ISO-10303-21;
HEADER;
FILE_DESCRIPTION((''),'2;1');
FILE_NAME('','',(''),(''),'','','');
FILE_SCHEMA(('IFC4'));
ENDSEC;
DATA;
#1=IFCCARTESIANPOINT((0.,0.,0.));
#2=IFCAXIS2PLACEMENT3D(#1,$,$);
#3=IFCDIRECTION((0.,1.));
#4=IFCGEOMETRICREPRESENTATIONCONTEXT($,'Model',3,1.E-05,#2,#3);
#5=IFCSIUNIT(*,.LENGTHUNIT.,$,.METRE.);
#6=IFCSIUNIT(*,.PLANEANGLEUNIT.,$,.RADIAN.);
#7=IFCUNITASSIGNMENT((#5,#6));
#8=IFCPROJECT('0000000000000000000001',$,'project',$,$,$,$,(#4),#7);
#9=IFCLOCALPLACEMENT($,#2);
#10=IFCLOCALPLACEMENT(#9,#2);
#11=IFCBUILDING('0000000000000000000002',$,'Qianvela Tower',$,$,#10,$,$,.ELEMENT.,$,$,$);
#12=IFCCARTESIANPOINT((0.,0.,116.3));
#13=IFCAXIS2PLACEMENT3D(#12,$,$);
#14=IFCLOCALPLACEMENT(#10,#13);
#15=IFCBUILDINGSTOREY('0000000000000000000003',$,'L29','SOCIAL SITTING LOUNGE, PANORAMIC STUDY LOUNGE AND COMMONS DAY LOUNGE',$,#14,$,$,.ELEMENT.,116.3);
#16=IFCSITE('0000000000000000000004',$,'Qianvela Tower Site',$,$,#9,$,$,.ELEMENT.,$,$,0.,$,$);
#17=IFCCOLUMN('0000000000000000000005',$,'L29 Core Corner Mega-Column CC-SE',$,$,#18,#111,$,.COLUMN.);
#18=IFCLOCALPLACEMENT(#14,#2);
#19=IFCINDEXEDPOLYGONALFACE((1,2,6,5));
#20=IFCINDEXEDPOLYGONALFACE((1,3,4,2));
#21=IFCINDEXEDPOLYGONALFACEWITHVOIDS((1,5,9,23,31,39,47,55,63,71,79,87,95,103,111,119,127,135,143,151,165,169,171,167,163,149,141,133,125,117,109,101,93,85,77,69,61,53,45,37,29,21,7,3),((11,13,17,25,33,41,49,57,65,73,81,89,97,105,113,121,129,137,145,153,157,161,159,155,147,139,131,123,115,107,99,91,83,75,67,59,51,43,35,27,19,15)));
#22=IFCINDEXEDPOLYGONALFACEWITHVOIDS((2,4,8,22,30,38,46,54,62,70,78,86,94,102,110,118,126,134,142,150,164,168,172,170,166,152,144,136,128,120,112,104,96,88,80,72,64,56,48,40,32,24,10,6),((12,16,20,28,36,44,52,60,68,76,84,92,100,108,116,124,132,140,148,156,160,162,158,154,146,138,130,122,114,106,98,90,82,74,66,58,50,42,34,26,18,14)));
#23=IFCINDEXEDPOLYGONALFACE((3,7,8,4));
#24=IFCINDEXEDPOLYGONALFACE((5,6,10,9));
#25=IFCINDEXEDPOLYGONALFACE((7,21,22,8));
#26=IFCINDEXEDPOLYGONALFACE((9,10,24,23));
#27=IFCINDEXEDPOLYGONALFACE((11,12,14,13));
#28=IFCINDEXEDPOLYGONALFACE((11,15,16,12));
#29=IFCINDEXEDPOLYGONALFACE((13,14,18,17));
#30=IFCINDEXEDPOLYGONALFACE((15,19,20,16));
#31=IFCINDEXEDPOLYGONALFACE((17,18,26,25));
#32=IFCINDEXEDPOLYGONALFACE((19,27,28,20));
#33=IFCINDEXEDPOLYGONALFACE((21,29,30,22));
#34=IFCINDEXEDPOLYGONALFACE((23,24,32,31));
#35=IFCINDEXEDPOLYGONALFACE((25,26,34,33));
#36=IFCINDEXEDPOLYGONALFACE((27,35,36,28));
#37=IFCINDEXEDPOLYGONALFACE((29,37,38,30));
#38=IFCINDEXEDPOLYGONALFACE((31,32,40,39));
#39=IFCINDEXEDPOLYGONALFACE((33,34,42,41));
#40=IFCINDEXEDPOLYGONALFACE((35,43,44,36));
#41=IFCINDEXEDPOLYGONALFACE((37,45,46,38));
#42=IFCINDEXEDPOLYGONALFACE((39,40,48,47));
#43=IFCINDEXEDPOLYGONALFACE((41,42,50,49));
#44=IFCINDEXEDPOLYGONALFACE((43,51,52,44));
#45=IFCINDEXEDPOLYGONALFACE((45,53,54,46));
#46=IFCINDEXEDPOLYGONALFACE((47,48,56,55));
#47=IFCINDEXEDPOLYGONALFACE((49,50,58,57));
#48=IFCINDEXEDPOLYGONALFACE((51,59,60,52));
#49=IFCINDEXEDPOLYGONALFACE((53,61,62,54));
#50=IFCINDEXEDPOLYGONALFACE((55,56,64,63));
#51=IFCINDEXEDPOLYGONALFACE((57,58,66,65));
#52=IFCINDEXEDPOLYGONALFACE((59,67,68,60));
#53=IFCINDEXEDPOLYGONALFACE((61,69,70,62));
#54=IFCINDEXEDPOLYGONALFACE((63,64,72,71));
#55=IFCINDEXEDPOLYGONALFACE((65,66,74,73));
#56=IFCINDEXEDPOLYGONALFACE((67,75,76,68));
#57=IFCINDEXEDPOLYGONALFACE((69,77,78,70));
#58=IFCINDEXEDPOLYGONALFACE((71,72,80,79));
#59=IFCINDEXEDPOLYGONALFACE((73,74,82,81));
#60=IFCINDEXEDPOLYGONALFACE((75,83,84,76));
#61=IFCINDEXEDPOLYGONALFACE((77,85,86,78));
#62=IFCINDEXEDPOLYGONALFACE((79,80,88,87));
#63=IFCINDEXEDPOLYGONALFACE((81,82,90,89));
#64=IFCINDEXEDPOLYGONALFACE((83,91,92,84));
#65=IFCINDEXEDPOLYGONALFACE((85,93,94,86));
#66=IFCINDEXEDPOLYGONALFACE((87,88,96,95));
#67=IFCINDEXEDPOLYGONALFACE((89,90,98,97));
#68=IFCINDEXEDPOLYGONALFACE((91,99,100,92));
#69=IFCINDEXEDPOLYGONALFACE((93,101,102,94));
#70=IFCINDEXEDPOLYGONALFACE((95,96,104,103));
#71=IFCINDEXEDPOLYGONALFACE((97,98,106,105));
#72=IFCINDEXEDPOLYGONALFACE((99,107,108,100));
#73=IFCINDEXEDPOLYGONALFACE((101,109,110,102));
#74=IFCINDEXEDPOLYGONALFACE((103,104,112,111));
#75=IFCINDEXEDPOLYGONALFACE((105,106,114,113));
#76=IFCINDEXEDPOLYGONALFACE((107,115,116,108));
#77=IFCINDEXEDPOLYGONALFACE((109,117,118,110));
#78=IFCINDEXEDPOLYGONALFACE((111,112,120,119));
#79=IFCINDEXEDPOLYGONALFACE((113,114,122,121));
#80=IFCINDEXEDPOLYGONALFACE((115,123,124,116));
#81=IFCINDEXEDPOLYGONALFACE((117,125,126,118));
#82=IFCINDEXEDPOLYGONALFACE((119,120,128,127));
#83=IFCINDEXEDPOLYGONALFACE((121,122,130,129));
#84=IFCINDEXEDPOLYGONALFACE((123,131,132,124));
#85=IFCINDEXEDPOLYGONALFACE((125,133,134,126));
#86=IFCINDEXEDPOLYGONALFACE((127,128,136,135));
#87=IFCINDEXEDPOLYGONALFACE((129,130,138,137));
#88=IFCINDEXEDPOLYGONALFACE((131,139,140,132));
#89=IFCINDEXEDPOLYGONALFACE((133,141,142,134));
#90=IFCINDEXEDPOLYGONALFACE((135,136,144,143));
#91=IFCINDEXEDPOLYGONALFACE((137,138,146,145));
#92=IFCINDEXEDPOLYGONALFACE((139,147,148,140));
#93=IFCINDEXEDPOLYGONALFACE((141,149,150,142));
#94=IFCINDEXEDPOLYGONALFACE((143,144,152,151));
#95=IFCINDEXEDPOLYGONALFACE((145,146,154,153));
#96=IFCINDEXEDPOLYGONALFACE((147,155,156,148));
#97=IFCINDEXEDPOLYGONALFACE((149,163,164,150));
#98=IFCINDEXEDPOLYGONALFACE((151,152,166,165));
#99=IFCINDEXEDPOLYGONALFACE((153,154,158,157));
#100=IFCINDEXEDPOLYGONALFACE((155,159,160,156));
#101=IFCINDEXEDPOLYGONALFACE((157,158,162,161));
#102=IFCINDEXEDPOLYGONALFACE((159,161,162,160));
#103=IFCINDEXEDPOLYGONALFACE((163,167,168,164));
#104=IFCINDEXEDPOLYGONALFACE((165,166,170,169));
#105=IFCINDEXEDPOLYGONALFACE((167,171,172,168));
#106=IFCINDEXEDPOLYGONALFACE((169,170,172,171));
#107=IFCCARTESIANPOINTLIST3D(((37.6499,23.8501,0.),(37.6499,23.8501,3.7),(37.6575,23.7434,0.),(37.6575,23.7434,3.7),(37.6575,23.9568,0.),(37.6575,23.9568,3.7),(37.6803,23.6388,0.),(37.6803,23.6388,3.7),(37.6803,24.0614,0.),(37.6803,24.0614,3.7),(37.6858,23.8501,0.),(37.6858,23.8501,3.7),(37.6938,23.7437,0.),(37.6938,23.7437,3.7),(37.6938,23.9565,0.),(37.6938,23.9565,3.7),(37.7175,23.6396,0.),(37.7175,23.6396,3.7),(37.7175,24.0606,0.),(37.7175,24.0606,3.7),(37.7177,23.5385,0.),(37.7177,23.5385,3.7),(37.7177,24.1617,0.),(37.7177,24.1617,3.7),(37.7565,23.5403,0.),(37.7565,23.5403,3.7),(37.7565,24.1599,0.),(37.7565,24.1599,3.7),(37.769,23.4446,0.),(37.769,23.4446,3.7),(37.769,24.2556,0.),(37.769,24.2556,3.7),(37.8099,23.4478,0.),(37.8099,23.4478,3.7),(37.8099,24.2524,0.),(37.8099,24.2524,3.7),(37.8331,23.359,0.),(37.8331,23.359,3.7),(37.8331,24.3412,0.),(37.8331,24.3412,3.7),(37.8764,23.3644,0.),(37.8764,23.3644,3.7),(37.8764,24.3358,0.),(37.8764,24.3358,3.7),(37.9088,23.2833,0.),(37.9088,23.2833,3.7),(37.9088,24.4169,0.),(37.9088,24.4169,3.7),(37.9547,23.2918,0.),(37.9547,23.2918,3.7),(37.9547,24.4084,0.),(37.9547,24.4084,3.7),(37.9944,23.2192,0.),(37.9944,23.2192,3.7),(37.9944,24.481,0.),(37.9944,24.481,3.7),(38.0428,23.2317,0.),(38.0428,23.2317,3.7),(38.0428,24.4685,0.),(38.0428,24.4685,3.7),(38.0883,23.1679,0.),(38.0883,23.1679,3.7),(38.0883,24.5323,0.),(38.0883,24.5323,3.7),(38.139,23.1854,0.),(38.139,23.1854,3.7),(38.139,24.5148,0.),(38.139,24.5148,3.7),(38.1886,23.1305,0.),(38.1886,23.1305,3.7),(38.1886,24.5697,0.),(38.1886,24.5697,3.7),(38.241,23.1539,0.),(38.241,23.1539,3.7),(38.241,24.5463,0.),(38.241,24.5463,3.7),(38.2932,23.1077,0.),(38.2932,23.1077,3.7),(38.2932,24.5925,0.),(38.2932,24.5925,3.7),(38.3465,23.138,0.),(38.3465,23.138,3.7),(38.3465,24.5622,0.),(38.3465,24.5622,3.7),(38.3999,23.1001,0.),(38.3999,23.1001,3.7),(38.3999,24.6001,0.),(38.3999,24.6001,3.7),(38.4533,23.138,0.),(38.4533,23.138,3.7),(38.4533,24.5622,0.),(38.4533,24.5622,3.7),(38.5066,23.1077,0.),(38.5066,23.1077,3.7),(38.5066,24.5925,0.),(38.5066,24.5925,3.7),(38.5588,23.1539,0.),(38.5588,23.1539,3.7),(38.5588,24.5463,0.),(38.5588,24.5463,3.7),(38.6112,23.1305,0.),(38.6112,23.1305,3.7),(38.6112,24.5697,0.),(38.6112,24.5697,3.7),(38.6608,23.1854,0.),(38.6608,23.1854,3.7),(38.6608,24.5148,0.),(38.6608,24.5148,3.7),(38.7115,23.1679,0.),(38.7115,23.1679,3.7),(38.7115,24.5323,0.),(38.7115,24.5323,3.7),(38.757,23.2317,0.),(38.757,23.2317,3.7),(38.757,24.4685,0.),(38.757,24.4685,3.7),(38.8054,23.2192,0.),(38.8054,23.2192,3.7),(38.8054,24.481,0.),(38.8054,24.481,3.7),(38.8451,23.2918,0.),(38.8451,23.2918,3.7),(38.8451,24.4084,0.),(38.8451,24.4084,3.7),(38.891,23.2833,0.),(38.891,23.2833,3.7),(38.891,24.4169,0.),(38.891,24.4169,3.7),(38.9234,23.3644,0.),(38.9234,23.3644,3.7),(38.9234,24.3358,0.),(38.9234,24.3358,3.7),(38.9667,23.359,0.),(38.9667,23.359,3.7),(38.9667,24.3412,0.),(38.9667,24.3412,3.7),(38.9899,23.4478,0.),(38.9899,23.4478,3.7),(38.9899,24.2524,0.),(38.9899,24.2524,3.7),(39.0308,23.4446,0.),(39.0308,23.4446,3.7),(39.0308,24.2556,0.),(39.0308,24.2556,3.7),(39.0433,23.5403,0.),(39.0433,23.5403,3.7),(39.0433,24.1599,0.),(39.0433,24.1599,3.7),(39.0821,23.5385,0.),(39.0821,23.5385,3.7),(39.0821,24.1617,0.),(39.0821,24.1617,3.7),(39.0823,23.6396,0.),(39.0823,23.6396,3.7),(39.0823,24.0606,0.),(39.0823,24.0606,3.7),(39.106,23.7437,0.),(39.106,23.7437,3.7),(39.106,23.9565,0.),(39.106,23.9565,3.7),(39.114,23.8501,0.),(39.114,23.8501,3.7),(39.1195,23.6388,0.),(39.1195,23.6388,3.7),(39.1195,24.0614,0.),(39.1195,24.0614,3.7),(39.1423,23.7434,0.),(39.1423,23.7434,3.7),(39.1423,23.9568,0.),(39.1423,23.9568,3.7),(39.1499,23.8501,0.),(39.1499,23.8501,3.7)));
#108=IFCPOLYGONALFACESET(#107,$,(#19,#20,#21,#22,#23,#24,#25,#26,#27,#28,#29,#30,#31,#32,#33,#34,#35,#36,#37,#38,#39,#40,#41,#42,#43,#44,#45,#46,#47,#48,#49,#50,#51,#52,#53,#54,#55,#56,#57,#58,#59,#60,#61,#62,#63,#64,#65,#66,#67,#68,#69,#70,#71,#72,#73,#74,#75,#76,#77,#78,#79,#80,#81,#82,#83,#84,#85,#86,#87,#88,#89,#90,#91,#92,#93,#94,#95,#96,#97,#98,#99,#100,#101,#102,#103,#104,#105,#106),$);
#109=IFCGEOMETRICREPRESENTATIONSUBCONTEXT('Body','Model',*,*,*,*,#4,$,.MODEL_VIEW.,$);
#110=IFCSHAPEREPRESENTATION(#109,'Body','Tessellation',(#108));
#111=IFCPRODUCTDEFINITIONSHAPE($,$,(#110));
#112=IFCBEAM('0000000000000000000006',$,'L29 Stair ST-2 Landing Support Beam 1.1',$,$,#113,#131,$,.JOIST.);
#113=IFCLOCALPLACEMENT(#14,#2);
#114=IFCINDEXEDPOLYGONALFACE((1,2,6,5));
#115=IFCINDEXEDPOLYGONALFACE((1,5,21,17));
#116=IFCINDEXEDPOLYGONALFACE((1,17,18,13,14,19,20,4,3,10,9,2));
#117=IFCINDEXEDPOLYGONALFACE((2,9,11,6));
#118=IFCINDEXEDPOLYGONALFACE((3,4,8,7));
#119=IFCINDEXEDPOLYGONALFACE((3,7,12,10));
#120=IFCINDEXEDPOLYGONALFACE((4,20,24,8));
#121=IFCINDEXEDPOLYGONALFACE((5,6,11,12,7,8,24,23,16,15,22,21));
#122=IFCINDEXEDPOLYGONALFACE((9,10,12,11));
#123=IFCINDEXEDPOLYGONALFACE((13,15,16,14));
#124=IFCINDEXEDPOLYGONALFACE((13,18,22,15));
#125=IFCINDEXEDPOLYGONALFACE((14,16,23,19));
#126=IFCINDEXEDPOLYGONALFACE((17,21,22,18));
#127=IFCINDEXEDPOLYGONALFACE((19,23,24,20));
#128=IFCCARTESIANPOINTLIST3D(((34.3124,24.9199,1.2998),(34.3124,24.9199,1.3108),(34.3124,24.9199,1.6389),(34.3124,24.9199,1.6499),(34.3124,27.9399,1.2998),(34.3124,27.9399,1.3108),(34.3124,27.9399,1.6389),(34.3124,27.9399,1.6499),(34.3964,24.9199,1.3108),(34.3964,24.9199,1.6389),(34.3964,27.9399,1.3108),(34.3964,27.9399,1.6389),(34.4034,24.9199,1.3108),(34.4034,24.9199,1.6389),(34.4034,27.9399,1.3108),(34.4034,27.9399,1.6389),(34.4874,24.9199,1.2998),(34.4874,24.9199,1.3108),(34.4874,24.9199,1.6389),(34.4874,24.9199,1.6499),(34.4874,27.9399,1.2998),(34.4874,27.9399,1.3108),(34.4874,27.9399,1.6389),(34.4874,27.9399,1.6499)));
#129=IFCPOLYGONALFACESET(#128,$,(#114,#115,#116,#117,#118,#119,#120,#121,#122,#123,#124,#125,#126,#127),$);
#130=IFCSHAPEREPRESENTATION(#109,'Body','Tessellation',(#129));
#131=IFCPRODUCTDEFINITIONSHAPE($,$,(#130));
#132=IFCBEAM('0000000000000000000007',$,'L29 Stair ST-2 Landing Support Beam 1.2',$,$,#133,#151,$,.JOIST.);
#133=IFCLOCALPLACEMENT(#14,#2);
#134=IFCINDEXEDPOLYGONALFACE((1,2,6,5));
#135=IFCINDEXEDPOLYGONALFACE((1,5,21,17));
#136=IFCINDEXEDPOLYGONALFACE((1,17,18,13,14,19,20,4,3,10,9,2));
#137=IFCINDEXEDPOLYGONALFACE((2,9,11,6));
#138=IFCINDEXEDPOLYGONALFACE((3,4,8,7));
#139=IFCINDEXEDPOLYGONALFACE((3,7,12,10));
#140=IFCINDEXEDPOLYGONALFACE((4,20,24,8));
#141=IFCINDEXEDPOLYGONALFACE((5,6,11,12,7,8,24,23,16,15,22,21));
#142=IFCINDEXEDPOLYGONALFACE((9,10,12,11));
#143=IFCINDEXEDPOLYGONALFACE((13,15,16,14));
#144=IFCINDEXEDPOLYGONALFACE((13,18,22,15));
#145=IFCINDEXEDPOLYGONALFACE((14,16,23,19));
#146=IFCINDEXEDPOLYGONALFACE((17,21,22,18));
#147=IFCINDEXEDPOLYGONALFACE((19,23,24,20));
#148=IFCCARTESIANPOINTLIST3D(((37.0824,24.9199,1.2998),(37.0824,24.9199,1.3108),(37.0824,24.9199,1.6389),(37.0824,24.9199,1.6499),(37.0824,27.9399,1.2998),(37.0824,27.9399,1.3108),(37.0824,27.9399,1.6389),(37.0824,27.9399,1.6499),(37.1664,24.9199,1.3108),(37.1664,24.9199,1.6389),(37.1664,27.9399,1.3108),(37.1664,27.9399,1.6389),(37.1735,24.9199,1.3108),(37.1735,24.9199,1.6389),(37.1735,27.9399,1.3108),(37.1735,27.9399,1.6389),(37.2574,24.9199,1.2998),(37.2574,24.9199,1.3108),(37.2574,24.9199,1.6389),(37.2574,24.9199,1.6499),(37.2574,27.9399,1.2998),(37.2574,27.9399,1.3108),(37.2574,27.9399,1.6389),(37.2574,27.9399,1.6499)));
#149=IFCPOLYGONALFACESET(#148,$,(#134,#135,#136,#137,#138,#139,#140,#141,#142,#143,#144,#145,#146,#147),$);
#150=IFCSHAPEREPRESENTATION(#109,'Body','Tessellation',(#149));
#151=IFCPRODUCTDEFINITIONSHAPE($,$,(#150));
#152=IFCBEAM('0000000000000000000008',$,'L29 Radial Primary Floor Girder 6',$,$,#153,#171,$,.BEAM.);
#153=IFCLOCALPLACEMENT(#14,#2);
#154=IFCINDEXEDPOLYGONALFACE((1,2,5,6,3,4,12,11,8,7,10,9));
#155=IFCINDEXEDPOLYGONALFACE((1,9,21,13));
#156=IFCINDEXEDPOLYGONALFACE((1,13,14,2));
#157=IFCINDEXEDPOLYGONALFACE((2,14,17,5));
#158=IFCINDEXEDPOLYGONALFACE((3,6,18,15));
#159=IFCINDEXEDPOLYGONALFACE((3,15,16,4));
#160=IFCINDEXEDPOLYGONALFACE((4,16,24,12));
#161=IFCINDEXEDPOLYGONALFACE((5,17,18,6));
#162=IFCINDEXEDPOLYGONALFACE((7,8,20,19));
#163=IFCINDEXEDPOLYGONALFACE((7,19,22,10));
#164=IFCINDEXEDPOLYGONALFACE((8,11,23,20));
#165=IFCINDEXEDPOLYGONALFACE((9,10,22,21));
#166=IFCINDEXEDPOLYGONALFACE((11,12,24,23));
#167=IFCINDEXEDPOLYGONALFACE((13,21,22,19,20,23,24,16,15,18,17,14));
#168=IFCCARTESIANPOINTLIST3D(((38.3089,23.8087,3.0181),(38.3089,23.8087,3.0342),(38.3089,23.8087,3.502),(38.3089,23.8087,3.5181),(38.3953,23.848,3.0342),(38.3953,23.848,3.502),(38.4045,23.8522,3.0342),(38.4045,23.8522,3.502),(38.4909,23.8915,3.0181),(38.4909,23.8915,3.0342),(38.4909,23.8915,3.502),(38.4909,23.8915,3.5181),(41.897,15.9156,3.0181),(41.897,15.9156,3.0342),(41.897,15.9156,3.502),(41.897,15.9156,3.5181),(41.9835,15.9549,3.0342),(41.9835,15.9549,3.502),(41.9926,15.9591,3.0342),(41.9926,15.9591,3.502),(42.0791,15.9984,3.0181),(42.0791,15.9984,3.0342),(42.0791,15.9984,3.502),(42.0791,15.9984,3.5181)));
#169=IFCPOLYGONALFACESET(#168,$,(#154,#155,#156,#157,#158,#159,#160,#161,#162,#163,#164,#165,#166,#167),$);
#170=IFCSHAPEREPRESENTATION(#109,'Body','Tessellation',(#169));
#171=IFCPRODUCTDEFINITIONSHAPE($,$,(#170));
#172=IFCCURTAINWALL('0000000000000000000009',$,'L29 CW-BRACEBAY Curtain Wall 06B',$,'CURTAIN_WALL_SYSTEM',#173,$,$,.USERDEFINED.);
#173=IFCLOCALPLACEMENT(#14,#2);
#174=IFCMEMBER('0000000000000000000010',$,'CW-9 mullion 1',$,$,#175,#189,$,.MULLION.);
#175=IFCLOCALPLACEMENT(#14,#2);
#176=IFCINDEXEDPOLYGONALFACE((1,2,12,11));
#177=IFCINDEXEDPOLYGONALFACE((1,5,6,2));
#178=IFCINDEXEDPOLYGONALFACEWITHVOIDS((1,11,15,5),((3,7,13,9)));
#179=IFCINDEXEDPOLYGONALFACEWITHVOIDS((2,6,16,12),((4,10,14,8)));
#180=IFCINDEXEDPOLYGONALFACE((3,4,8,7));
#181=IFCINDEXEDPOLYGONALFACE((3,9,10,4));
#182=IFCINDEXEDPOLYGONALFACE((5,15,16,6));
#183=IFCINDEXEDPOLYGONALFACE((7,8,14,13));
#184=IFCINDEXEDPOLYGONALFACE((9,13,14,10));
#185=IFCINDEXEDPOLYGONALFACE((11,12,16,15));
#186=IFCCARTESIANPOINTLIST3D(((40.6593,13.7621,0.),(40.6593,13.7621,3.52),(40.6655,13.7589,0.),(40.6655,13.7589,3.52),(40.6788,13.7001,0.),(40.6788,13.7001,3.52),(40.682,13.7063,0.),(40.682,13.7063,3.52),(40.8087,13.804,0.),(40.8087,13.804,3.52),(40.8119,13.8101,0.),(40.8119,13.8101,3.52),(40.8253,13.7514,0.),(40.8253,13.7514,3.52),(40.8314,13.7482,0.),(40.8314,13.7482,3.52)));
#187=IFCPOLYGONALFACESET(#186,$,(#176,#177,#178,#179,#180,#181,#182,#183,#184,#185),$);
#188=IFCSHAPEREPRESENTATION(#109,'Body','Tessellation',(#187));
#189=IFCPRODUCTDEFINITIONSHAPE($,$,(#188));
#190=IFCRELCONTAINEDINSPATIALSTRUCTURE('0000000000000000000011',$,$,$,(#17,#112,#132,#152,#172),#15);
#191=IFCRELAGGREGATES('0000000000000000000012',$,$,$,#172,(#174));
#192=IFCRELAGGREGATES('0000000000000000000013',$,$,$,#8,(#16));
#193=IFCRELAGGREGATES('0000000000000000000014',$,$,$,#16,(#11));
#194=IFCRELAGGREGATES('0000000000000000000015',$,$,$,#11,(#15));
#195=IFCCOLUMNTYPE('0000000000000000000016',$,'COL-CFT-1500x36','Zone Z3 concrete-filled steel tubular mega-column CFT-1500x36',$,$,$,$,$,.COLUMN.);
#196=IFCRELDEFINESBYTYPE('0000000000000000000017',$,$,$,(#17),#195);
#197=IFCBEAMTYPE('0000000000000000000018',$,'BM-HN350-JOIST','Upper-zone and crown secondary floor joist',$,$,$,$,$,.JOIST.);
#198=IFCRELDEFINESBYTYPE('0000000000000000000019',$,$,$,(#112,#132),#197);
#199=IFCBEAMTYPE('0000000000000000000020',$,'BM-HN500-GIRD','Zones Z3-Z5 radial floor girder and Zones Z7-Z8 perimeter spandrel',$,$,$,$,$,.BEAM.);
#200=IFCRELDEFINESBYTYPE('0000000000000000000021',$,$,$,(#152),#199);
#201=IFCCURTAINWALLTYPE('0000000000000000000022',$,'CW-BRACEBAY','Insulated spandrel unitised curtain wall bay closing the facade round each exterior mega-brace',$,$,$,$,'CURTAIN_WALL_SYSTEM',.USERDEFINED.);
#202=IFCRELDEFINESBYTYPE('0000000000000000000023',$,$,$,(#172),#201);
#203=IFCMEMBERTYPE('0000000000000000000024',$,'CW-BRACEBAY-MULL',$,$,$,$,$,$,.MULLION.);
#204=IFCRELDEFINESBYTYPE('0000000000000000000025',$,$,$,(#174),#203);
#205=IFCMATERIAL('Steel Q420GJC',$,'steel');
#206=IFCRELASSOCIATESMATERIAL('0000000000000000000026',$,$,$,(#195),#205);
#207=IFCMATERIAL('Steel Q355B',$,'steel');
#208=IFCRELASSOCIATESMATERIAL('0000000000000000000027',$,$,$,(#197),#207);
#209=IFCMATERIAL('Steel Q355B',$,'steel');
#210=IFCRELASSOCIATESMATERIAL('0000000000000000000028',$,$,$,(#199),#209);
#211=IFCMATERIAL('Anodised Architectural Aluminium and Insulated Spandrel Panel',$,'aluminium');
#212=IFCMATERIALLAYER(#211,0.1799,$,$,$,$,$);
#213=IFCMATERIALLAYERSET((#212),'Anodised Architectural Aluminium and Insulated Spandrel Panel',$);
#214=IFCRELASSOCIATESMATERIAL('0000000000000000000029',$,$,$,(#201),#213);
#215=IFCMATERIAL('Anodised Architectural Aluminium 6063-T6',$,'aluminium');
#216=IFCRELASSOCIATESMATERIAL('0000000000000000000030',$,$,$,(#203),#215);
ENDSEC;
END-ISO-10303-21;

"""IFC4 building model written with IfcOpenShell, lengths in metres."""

from ifc_helpers import new_model, si_unit, direction, frame, origin, origin_2d, place, context, subcontext, project, spatial, hollow_rectangle, hollow_circle, i_section, extrude, material, layer, layer_set, material_profile, profile_set, type_object, element, aggregate, save


model = new_model("IFC4")

# Units and contexts
model_context = context("Model", 3, precision=1e-05, world=origin(), true_north=direction((0.0, 1.0)))
body_context = subcontext(model_context, "Body", "Model", "MODEL_VIEW")
ifc_project = project(units=[si_unit("LENGTHUNIT", "METRE"), si_unit("PLANEANGLEUNIT", "RADIAN")], contexts=[model_context])

# Site, building, storey
site_placement = place(None, origin())
site = spatial("IfcSite", under=ifc_project, at=site_placement, Name="Qianvela Tower Site", CompositionType="ELEMENT", RefElevation=0.0)
building_placement = place(site_placement, origin())
building = spatial("IfcBuilding", under=site, at=building_placement, Name="Qianvela Tower", CompositionType="ELEMENT")
storey_placement = place(building_placement, frame((0.0, 0.0, 116.3)))
storey = spatial("IfcBuildingStorey", under=building, at=storey_placement, Name="L29", Description="SOCIAL SITTING LOUNGE, PANORAMIC STUDY LOUNGE AND COMMONS DAY LOUNGE", CompositionType="ELEMENT", Elevation=116.3)

# Column
ifc_material_1 = material(Name="Steel Q420GJC", Category="steel")
ifc_material_profile_1 = material_profile(ifc_material_1, hollow_circle(Radius=0.75, WallThickness=0.0359, at=origin_2d()), Name="CFT-1500x36")
ifc_profile_set_1 = profile_set([ifc_material_profile_1], Name="Steel Q420GJC")
column_type = type_object("IfcColumnType", Name="COL-CFT-1500x36", Description="Zone Z3 concrete-filled steel tubular mega-column CFT-1500x36", PredefinedType="COLUMN", material=ifc_profile_set_1)
column_placement = place(storey_placement, frame((38.3999, 23.8501, 0.0), z_axis=(0.0, 0.0, 1.0), x_axis=(1.0, 0.0, 0.0)))
element("IfcColumn", 1, at=column_placement, inside=storey, type_object=column_type, Name="L29 Core Corner Mega-Column CC-SE", PredefinedType="COLUMN", context=body_context, shape_type="SweptSolid", body=[
    extrude(hollow_circle(Radius=0.75, WallThickness=0.0359, at=origin_2d()), origin(), (0.0, 0.0, 1.0), 3.7),
])

# Beams
ifc_material_2 = material(Name="Steel Q355B", Category="steel")
ifc_material_profile_2 = material_profile(ifc_material_2, i_section(OverallWidth=0.175, OverallDepth=0.3501, WebThickness=0.0071, FlangeThickness=0.011, at=origin_2d()), Name="HN350x175x7x11")
ifc_profile_set_2 = profile_set([ifc_material_profile_2], Name="Steel Q355B")
beam_type_1 = type_object("IfcBeamType", Name="BM-HN350-JOIST", Description="Upper-zone and crown secondary floor joist", PredefinedType="JOIST", material=ifc_profile_set_2)
for number, where, z_axis, x_axis, name in (
    (2, (34.3999, 24.9199, 1.4749), (0.0, 1.0, 0.0), (-1.0, 0.0, 0.0), "L29 Stair ST-2 Landing Support Beam 1.1"),
    (3, (37.1699, 24.9199, 1.4749), (0.0, 1.0, 0.0), (-1.0, 0.0, 0.0), "L29 Stair ST-2 Landing Support Beam 1.2"),
):
    element("IfcBeam", number, at=place(storey_placement, frame(where, z_axis=z_axis, x_axis=x_axis)), inside=storey, type_object=beam_type_1, Name=name, PredefinedType="JOIST", context=body_context, shape_type="SweptSolid", body=[
        extrude(i_section(OverallWidth=0.175, OverallDepth=0.3501, WebThickness=0.0071, FlangeThickness=0.011, at=origin_2d()), origin(), (0.0, 0.0, 1.0), 3.02),
    ])
ifc_material_3 = material(Name="Steel Q355B", Category="steel")
ifc_material_profile_3 = material_profile(ifc_material_3, i_section(OverallWidth=0.2, OverallDepth=0.5, WebThickness=0.01, FlangeThickness=0.0161, at=origin_2d()), Name="HN500x200x10x16")
ifc_profile_set_3 = profile_set([ifc_material_profile_3], Name="Steel Q355B")
beam_type_2 = type_object("IfcBeamType", Name="BM-HN500-GIRD", Description="Zones Z3-Z5 radial floor girder and Zones Z7-Z8 perimeter spandrel", PredefinedType="BEAM", material=ifc_profile_set_3)
beam_placement = place(storey_placement, frame((38.3999, 23.8501, 3.2681), z_axis=(0.413839, -0.91035, 0.0), x_axis=(0.91035, 0.413839, 0.0)))
element("IfcBeam", 4, at=beam_placement, inside=storey, type_object=beam_type_2, Name="L29 Radial Primary Floor Girder 6", PredefinedType="BEAM", context=body_context, shape_type="SweptSolid", body=[
    extrude(i_section(OverallWidth=0.2, OverallDepth=0.5, WebThickness=0.01, FlangeThickness=0.0161, at=origin_2d()), origin(), (0.0, 0.0, 1.0), 8.6704),
])

# Curtain wall, member
ifc_material_4 = material(Name="Anodised Architectural Aluminium and Insulated Spandrel Panel", Category="aluminium")
ifc_layer_1 = layer(ifc_material_4, 0.1799)
ifc_layer_set_1 = layer_set([ifc_layer_1], Name="Anodised Architectural Aluminium and Insulated Spandrel Panel")
curtain_wall_type_1 = type_object("IfcCurtainWallType", Name="CW-BRACEBAY", Description="Insulated spandrel unitised curtain wall bay closing the facade round each exterior mega-brace", ElementType="CURTAIN_WALL_SYSTEM", PredefinedType="USERDEFINED", material=ifc_layer_set_1)
curtain_wall_1_placement = place(storey_placement, origin())
curtain_wall_1 = element("IfcCurtainWall", 5, at=curtain_wall_1_placement, inside=storey, type_object=curtain_wall_type_1, Name="L29 CW-BRACEBAY Curtain Wall 06B", ObjectType="CURTAIN_WALL_SYSTEM", PredefinedType="USERDEFINED")
ifc_material_5 = material(Name="Anodised Architectural Aluminium 6063-T6", Category="aluminium")
ifc_material_profile_4 = material_profile(ifc_material_5, hollow_rectangle(XDim=0.0649, YDim=0.1599, WallThickness=0.0049, at=origin_2d()), Name="ALU-MULL-65x160")
ifc_profile_set_4 = profile_set([ifc_material_profile_4], Name="Anodised Architectural Aluminium 6063-T6")
member_type_1 = type_object("IfcMemberType", Name="CW-BRACEBAY-MULL", PredefinedType="MULLION", material=ifc_profile_set_4)
member_1_placement = place(storey_placement, frame((40.7454, 13.7551, 0.0), z_axis=(0.0, 0.0, 1.0), x_axis=(-0.300247, 0.953862, 0.0)))
member_1 = element("IfcMember", 6, at=member_1_placement, type_object=member_type_1, Name="CW-9 mullion 1", PredefinedType="MULLION", context=body_context, shape_type="SweptSolid", body=[
    extrude(hollow_rectangle(XDim=0.0649, YDim=0.1599, WallThickness=0.0049, at=origin_2d()), origin(), (0.0, 0.0, 1.0), 3.52),
])
aggregate(curtain_wall_1, [member_1])

save(model, "model.ifc")
